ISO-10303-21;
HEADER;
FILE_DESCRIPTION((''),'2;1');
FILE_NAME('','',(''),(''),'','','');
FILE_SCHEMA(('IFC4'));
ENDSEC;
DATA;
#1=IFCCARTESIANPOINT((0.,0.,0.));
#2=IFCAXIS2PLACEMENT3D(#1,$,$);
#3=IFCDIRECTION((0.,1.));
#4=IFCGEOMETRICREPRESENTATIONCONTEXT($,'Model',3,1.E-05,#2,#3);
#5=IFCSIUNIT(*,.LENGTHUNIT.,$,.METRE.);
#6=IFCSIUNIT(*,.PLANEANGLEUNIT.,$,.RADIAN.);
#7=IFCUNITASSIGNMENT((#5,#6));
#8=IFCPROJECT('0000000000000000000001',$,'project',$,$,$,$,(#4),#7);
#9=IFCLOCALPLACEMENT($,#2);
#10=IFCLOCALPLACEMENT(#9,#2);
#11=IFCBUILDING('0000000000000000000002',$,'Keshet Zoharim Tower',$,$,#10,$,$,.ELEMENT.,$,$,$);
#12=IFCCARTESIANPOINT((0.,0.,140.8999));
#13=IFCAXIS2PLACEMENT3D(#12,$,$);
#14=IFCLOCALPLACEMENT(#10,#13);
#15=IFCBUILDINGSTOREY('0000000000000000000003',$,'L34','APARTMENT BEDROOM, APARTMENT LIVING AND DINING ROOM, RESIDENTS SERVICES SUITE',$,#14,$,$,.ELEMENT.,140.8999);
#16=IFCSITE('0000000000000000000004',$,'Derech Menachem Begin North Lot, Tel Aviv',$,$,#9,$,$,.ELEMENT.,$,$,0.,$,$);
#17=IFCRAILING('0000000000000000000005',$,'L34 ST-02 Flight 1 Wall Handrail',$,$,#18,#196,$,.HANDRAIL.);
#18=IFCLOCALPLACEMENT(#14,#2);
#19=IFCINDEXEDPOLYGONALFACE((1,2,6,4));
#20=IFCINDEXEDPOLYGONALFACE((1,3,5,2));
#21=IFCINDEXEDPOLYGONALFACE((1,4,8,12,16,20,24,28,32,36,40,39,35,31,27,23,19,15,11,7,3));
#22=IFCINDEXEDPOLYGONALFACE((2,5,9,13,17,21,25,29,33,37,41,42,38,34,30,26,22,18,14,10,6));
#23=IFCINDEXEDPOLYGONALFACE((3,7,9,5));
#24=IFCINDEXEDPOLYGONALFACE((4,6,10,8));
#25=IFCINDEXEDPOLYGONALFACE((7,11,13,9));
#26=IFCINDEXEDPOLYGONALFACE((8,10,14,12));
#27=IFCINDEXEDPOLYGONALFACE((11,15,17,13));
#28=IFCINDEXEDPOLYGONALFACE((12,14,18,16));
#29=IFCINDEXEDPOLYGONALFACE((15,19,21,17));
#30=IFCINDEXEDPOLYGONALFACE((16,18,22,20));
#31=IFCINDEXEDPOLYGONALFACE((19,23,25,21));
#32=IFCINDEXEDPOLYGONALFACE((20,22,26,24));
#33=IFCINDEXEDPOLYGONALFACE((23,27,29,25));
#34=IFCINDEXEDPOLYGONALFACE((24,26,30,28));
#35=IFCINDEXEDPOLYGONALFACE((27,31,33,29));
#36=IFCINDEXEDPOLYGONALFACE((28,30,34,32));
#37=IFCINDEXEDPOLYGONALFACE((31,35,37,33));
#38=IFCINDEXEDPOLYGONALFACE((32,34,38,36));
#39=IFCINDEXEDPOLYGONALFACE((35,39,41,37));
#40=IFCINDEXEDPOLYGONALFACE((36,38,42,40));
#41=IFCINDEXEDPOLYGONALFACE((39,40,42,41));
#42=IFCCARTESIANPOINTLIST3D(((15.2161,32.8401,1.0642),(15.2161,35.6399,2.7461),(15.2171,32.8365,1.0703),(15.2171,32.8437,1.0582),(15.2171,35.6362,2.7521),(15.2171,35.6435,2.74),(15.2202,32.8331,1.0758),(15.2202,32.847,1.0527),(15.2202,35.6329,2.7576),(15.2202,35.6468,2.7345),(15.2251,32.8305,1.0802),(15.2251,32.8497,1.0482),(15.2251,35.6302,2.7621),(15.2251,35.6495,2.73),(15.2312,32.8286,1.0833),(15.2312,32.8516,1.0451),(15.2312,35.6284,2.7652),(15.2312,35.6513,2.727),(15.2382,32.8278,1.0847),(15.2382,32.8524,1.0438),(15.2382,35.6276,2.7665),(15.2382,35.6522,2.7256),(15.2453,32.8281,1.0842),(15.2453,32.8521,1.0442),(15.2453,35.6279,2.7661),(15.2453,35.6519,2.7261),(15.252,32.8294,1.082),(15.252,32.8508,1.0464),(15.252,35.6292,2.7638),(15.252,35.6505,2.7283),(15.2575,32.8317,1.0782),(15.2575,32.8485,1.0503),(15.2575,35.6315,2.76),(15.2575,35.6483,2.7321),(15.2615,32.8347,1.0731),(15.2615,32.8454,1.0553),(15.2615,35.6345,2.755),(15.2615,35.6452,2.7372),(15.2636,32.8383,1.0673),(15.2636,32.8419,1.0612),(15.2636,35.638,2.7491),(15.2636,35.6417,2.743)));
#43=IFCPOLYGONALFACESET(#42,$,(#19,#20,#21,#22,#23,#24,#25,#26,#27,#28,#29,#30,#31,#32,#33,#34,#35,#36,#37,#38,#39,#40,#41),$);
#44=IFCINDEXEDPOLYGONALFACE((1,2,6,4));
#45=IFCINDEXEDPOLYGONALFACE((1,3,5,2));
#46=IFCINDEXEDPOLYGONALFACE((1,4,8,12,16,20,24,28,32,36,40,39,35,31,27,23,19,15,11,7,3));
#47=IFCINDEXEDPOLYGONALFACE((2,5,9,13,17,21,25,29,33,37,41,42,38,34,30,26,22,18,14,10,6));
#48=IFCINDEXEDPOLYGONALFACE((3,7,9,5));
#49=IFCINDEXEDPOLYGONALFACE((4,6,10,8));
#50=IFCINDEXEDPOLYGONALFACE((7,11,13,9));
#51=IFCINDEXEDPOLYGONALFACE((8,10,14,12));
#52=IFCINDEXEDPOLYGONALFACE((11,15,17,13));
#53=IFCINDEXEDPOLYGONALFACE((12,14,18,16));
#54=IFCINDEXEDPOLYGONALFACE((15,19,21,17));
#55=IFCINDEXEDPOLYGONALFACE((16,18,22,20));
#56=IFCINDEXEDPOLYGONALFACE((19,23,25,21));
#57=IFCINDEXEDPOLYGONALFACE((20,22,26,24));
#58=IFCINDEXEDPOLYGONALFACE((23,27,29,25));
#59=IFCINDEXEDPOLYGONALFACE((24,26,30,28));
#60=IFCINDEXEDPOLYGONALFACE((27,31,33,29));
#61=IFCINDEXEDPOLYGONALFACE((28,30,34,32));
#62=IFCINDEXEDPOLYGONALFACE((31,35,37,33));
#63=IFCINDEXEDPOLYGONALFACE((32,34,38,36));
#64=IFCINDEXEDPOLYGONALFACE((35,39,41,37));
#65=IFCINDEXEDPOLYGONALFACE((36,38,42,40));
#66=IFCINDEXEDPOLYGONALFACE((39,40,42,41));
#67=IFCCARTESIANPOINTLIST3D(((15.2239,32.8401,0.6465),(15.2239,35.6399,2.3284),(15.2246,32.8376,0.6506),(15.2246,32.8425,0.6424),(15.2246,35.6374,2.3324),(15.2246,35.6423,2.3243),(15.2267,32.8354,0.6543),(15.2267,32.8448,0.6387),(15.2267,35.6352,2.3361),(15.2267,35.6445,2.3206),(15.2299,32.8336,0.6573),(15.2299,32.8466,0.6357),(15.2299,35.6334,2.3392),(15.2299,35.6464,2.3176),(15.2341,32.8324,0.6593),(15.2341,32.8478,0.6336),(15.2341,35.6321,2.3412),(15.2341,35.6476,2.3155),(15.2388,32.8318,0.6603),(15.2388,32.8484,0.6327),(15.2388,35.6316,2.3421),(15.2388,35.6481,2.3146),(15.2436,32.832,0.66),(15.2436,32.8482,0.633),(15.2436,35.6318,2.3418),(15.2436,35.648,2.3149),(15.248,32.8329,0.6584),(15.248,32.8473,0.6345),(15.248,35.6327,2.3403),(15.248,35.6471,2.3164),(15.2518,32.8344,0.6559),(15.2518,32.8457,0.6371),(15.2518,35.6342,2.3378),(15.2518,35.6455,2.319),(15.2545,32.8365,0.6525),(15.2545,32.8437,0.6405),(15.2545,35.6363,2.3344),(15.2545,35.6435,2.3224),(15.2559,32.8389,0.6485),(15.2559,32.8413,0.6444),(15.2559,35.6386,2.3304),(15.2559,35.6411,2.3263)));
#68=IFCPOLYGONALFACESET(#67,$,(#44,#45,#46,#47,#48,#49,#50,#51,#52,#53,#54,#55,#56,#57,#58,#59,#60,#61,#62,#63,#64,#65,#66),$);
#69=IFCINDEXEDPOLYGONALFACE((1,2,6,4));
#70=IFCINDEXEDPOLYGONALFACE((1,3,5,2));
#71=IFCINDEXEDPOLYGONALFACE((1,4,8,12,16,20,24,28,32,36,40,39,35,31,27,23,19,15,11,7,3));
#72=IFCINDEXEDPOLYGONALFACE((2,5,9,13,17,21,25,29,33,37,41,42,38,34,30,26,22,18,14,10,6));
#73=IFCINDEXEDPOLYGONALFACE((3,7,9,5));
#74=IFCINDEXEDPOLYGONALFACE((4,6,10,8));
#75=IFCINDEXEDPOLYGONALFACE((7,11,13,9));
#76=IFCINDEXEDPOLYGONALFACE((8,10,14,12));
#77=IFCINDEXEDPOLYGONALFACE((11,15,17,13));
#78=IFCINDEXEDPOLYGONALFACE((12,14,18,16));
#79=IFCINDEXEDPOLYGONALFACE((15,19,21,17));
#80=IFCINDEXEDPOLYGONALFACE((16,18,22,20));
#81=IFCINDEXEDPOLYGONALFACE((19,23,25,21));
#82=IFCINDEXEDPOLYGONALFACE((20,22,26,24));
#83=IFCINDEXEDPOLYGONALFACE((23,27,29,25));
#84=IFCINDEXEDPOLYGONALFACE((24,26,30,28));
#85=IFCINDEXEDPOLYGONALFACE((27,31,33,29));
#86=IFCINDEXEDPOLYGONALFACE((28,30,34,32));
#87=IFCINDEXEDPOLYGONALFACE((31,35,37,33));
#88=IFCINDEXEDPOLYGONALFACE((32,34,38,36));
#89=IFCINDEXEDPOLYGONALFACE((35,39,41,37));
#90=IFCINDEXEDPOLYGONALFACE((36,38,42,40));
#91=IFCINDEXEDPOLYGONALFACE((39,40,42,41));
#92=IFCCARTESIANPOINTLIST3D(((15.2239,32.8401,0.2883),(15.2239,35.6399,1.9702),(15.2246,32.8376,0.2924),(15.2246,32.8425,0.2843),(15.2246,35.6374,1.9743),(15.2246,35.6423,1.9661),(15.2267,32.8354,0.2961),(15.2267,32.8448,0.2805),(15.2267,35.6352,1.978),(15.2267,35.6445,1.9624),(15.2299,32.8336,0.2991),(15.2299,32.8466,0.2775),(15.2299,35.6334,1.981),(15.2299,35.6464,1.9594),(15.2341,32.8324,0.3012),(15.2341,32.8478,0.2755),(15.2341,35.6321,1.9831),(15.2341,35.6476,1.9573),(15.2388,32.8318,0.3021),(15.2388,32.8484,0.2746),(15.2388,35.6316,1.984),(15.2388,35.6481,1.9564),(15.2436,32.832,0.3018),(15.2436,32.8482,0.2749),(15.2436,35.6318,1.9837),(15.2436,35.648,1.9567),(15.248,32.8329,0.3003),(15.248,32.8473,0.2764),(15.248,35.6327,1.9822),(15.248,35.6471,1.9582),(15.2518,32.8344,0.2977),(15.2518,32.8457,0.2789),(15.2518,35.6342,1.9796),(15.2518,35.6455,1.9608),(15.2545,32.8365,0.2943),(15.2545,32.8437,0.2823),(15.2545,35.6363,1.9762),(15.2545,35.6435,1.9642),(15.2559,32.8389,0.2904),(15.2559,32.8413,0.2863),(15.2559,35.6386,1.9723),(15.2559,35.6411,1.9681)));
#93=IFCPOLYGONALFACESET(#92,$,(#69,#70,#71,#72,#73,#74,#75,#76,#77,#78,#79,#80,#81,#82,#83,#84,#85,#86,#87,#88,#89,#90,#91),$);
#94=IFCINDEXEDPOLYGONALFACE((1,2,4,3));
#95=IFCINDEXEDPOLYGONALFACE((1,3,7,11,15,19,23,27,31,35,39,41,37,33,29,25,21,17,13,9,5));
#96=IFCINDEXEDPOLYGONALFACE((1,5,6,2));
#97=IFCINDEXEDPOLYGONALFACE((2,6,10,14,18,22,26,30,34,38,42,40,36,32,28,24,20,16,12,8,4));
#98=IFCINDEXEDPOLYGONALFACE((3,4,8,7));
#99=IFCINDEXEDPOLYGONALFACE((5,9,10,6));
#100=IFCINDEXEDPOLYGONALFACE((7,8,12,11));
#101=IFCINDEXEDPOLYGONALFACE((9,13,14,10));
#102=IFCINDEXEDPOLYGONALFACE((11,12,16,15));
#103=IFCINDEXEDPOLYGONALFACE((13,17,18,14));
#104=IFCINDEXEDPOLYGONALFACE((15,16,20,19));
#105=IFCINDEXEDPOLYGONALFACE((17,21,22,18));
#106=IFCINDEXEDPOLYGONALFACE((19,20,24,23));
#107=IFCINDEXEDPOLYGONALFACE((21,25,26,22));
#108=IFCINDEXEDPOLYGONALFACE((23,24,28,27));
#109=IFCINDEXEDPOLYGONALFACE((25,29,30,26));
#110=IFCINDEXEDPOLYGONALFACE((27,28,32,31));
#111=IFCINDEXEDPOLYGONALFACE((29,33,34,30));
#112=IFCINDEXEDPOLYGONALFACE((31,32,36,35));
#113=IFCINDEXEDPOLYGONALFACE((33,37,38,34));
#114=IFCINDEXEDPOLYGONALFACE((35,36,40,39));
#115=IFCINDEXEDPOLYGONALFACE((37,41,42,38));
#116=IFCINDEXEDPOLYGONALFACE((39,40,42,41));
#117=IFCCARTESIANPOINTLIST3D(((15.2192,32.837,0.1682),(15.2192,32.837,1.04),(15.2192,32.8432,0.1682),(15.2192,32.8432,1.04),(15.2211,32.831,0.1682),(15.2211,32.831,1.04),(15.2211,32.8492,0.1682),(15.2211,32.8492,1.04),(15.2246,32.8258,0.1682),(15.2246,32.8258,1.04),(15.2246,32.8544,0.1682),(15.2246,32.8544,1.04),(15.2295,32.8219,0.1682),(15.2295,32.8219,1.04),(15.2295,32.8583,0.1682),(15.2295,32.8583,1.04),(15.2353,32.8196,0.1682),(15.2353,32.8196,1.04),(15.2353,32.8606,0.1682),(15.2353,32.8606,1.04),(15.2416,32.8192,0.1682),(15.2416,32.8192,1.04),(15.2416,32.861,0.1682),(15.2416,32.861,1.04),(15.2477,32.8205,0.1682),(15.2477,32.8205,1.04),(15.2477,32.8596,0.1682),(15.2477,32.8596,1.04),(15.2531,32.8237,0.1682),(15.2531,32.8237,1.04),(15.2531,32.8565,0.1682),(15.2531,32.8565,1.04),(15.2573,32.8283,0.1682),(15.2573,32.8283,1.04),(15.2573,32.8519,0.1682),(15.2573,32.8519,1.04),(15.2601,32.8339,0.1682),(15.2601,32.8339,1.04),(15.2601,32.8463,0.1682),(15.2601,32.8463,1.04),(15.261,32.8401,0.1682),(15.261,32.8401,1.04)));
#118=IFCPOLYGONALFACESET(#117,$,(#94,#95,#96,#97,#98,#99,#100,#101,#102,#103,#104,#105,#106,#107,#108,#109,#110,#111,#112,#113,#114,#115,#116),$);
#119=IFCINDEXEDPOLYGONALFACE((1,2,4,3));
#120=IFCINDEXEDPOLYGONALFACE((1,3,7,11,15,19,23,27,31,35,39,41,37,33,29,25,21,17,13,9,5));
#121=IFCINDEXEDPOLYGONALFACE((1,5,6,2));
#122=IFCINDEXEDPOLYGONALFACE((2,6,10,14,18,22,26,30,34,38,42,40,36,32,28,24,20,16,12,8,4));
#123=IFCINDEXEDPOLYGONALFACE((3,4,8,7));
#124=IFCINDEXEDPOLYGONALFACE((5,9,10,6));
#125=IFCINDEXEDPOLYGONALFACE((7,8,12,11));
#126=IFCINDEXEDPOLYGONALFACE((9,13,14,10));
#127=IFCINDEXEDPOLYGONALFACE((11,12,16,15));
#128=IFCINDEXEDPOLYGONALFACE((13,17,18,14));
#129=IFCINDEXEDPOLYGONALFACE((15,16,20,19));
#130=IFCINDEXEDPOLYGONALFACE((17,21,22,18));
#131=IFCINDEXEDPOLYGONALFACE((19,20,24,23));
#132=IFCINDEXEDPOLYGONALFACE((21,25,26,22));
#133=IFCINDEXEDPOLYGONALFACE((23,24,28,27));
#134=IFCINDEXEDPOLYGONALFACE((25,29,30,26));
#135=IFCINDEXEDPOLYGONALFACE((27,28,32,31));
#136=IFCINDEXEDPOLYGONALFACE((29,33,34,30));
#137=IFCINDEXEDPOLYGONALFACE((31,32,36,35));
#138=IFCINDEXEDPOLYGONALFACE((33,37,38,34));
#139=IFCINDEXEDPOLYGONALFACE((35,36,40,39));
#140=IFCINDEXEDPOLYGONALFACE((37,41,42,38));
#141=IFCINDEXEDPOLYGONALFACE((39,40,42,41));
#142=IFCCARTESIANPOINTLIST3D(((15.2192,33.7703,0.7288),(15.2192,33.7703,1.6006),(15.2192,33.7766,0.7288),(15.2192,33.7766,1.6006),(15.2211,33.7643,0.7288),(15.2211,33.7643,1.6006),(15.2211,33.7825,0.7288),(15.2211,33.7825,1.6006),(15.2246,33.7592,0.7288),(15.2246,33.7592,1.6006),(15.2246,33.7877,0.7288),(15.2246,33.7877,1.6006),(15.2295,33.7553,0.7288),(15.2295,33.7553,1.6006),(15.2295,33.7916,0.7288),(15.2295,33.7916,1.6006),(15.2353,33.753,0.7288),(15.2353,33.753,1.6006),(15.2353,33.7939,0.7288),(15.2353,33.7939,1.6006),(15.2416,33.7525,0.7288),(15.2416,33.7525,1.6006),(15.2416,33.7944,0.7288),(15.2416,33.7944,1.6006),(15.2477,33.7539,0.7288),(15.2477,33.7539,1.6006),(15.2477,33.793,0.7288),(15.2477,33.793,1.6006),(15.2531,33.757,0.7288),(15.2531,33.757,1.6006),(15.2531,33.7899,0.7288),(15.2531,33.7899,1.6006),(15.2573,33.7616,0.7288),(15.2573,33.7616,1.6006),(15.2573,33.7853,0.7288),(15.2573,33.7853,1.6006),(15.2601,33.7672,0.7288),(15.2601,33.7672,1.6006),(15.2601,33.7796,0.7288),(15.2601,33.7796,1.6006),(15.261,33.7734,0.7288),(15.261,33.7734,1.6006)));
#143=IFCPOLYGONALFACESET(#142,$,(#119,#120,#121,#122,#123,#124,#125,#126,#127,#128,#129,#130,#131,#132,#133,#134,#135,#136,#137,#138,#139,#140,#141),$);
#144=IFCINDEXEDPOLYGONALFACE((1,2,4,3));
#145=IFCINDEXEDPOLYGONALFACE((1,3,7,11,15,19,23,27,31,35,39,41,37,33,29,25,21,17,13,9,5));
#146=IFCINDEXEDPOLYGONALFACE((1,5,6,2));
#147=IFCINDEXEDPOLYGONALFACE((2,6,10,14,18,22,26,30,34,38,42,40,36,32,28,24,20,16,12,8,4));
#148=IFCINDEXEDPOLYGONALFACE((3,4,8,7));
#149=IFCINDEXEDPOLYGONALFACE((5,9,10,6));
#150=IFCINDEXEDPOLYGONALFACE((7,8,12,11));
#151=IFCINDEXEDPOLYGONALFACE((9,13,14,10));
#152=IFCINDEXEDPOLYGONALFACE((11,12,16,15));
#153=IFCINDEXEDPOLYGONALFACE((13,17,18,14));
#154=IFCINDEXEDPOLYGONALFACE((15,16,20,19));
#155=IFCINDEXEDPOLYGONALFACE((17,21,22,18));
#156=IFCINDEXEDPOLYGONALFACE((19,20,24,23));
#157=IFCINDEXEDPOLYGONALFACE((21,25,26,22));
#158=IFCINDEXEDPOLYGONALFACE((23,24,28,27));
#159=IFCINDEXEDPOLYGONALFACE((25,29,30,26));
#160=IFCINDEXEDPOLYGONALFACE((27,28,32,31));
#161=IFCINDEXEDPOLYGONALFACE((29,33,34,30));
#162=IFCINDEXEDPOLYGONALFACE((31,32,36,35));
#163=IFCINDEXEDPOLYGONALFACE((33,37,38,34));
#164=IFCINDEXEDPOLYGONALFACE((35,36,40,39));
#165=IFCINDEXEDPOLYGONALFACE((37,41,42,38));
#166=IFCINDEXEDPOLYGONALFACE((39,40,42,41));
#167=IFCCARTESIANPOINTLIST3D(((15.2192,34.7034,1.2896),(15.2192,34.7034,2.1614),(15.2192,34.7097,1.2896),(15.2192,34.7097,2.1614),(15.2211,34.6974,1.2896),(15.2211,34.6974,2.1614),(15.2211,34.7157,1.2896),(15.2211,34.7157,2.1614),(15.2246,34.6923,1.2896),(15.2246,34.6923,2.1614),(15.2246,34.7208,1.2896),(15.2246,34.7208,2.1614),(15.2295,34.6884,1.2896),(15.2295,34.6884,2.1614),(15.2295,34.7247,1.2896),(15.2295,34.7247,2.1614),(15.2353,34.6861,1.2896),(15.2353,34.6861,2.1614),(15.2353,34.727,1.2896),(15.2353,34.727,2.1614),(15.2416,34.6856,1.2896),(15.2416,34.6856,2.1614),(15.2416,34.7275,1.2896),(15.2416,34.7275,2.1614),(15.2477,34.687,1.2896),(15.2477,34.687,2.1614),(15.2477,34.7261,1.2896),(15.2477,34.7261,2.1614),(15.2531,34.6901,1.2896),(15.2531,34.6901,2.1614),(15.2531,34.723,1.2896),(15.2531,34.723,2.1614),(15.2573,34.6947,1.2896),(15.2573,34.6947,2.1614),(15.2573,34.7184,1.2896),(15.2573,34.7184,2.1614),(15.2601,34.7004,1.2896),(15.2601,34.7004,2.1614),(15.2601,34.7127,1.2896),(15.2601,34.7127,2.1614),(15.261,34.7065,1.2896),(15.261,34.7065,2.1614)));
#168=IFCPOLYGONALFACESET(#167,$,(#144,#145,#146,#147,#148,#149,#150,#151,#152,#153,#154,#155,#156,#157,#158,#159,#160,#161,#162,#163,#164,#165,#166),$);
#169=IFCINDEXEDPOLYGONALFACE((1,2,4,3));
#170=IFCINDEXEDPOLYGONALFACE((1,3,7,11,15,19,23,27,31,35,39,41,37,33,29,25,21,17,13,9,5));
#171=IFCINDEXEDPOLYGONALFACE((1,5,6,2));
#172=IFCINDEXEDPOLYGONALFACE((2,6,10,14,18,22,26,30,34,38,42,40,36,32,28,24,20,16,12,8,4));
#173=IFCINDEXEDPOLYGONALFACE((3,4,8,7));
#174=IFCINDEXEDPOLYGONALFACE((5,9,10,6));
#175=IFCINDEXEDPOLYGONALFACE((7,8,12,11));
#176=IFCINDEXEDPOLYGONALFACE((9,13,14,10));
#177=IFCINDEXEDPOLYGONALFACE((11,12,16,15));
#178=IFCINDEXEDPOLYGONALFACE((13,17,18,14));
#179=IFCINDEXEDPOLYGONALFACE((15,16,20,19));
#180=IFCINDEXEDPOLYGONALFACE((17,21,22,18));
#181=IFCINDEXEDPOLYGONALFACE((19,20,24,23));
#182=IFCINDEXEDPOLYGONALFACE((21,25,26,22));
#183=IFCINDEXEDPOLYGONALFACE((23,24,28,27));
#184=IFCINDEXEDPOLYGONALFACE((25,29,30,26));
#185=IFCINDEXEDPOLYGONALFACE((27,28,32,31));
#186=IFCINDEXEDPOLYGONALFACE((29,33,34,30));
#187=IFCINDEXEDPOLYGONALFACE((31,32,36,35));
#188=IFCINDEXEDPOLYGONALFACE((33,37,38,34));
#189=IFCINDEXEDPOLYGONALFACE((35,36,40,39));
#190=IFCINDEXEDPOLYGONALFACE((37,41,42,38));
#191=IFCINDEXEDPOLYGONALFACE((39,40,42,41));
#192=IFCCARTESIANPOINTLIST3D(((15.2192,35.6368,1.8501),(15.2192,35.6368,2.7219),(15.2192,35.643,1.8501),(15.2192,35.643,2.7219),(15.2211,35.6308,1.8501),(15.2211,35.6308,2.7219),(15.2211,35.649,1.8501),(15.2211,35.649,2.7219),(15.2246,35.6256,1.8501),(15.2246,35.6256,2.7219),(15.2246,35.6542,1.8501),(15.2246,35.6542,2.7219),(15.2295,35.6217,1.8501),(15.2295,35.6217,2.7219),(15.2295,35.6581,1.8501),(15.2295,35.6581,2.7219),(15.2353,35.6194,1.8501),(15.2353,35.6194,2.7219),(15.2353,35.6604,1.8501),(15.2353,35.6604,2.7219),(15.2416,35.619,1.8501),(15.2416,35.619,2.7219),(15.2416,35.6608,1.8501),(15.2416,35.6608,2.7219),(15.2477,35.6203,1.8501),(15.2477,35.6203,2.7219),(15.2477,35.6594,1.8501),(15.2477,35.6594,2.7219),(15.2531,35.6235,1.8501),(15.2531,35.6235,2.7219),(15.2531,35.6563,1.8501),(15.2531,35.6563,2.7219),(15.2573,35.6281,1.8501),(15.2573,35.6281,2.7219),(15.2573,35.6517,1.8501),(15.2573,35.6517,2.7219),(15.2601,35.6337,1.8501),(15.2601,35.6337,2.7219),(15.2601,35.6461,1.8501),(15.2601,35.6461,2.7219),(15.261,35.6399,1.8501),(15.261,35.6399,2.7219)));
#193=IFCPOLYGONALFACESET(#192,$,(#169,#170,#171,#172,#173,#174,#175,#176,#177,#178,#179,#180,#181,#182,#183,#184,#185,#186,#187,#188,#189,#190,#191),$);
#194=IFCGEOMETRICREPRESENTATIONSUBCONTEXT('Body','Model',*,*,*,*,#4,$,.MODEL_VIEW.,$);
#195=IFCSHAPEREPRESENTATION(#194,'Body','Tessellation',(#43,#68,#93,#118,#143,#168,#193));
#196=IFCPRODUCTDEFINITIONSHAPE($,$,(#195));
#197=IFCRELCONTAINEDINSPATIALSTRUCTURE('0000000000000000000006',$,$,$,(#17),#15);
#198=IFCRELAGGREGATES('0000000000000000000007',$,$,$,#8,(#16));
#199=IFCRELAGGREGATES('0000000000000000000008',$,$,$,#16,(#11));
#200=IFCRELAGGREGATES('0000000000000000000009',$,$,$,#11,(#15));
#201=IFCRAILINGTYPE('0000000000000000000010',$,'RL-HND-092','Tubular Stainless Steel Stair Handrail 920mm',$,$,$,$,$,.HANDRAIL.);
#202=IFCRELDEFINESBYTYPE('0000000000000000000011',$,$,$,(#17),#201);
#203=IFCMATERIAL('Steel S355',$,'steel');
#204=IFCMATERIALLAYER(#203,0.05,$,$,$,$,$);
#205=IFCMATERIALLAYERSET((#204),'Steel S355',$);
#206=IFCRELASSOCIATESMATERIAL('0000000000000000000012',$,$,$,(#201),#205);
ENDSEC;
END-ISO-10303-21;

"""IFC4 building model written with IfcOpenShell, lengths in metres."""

from ifc_helpers import new_model, si_unit, direction, frame, origin, origin_2d, place, context, subcontext, project, spatial, circle, extrude, material, layer, layer_set, type_object, element, save


model = new_model("IFC4")

# Units and contexts
model_context = context("Model", 3, precision=1e-05, world=origin(), true_north=direction((0.0, 1.0)))
body_context = subcontext(model_context, "Body", "Model", "MODEL_VIEW")
ifc_project = project(units=[si_unit("LENGTHUNIT", "METRE"), si_unit("PLANEANGLEUNIT", "RADIAN")], contexts=[model_context])

# Site, building, storey
site_placement = place(None, origin())
site = spatial("IfcSite", under=ifc_project, at=site_placement, Name="Derech Menachem Begin North Lot, Tel Aviv", CompositionType="ELEMENT", RefElevation=0.0)
building_placement = place(site_placement, origin())
building = spatial("IfcBuilding", under=site, at=building_placement, Name="Keshet Zoharim Tower", CompositionType="ELEMENT")
storey_placement = place(building_placement, frame((0.0, 0.0, 140.8999)))
storey = spatial("IfcBuildingStorey", under=building, at=storey_placement, Name="L34", Description="APARTMENT BEDROOM, APARTMENT LIVING AND DINING ROOM, RESIDENTS SERVICES SUITE", CompositionType="ELEMENT", Elevation=140.8999)

# Shared definitions
ifc_material_1 = material(Name="Steel S355", Category="steel")

# Railing
ifc_layer_1 = layer(ifc_material_1, 0.05)
ifc_layer_set_1 = layer_set([ifc_layer_1], Name="Steel S355")
railing_type_1 = type_object("IfcRailingType", Name="RL-HND-092", Description="Tubular Stainless Steel Stair Handrail 920mm", PredefinedType="HANDRAIL", material=ifc_layer_set_1)
railing_1_placement = place(storey_placement, frame((15.24, 32.8401, 0.1682)))
element("IfcRailing", 1, at=railing_1_placement, inside=storey, type_object=railing_type_1, Name="L34 ST-02 Flight 1 Wall Handrail", PredefinedType="HANDRAIL", context=body_context, shape_type="SweptSolid", body=[
    extrude(circle(Radius=0.0239, at=origin_2d()), frame((0.0, 0.0, 0.896), z_axis=(0.0, 0.857222, 0.514946), x_axis=(-1.0, 0.0, 0.0)), (0.0, 0.0, 1.0), 3.2661),
    extrude(circle(Radius=0.0161, at=origin_2d()), frame((0.0, 0.0, 0.4783), z_axis=(0.0, 0.857222, 0.514946), x_axis=(-1.0, 0.0, 0.0)), (0.0, 0.0, 1.0), 3.2661),
    extrude(circle(Radius=0.0161, at=origin_2d()), frame((0.0, 0.0, 0.1201), z_axis=(0.0, 0.857222, 0.514946), x_axis=(-1.0, 0.0, 0.0)), (0.0, 0.0, 1.0), 3.2661),
    extrude(circle(Radius=0.021, at=origin_2d()), origin(), (0.0, 0.0, 1.0), 0.8718),
    extrude(circle(Radius=0.021, at=origin_2d()), frame((0.0, 0.9333, 0.5605)), (0.0, 0.0, 1.0), 0.8718),
    extrude(circle(Radius=0.021, at=origin_2d()), frame((0.0, 1.8665, 1.1213)), (0.0, 0.0, 1.0), 0.8718),
    extrude(circle(Radius=0.021, at=origin_2d()), frame((0.0, 2.7998, 1.6819)), (0.0, 0.0, 1.0), 0.8718),
])

save(model, "model.ifc")
